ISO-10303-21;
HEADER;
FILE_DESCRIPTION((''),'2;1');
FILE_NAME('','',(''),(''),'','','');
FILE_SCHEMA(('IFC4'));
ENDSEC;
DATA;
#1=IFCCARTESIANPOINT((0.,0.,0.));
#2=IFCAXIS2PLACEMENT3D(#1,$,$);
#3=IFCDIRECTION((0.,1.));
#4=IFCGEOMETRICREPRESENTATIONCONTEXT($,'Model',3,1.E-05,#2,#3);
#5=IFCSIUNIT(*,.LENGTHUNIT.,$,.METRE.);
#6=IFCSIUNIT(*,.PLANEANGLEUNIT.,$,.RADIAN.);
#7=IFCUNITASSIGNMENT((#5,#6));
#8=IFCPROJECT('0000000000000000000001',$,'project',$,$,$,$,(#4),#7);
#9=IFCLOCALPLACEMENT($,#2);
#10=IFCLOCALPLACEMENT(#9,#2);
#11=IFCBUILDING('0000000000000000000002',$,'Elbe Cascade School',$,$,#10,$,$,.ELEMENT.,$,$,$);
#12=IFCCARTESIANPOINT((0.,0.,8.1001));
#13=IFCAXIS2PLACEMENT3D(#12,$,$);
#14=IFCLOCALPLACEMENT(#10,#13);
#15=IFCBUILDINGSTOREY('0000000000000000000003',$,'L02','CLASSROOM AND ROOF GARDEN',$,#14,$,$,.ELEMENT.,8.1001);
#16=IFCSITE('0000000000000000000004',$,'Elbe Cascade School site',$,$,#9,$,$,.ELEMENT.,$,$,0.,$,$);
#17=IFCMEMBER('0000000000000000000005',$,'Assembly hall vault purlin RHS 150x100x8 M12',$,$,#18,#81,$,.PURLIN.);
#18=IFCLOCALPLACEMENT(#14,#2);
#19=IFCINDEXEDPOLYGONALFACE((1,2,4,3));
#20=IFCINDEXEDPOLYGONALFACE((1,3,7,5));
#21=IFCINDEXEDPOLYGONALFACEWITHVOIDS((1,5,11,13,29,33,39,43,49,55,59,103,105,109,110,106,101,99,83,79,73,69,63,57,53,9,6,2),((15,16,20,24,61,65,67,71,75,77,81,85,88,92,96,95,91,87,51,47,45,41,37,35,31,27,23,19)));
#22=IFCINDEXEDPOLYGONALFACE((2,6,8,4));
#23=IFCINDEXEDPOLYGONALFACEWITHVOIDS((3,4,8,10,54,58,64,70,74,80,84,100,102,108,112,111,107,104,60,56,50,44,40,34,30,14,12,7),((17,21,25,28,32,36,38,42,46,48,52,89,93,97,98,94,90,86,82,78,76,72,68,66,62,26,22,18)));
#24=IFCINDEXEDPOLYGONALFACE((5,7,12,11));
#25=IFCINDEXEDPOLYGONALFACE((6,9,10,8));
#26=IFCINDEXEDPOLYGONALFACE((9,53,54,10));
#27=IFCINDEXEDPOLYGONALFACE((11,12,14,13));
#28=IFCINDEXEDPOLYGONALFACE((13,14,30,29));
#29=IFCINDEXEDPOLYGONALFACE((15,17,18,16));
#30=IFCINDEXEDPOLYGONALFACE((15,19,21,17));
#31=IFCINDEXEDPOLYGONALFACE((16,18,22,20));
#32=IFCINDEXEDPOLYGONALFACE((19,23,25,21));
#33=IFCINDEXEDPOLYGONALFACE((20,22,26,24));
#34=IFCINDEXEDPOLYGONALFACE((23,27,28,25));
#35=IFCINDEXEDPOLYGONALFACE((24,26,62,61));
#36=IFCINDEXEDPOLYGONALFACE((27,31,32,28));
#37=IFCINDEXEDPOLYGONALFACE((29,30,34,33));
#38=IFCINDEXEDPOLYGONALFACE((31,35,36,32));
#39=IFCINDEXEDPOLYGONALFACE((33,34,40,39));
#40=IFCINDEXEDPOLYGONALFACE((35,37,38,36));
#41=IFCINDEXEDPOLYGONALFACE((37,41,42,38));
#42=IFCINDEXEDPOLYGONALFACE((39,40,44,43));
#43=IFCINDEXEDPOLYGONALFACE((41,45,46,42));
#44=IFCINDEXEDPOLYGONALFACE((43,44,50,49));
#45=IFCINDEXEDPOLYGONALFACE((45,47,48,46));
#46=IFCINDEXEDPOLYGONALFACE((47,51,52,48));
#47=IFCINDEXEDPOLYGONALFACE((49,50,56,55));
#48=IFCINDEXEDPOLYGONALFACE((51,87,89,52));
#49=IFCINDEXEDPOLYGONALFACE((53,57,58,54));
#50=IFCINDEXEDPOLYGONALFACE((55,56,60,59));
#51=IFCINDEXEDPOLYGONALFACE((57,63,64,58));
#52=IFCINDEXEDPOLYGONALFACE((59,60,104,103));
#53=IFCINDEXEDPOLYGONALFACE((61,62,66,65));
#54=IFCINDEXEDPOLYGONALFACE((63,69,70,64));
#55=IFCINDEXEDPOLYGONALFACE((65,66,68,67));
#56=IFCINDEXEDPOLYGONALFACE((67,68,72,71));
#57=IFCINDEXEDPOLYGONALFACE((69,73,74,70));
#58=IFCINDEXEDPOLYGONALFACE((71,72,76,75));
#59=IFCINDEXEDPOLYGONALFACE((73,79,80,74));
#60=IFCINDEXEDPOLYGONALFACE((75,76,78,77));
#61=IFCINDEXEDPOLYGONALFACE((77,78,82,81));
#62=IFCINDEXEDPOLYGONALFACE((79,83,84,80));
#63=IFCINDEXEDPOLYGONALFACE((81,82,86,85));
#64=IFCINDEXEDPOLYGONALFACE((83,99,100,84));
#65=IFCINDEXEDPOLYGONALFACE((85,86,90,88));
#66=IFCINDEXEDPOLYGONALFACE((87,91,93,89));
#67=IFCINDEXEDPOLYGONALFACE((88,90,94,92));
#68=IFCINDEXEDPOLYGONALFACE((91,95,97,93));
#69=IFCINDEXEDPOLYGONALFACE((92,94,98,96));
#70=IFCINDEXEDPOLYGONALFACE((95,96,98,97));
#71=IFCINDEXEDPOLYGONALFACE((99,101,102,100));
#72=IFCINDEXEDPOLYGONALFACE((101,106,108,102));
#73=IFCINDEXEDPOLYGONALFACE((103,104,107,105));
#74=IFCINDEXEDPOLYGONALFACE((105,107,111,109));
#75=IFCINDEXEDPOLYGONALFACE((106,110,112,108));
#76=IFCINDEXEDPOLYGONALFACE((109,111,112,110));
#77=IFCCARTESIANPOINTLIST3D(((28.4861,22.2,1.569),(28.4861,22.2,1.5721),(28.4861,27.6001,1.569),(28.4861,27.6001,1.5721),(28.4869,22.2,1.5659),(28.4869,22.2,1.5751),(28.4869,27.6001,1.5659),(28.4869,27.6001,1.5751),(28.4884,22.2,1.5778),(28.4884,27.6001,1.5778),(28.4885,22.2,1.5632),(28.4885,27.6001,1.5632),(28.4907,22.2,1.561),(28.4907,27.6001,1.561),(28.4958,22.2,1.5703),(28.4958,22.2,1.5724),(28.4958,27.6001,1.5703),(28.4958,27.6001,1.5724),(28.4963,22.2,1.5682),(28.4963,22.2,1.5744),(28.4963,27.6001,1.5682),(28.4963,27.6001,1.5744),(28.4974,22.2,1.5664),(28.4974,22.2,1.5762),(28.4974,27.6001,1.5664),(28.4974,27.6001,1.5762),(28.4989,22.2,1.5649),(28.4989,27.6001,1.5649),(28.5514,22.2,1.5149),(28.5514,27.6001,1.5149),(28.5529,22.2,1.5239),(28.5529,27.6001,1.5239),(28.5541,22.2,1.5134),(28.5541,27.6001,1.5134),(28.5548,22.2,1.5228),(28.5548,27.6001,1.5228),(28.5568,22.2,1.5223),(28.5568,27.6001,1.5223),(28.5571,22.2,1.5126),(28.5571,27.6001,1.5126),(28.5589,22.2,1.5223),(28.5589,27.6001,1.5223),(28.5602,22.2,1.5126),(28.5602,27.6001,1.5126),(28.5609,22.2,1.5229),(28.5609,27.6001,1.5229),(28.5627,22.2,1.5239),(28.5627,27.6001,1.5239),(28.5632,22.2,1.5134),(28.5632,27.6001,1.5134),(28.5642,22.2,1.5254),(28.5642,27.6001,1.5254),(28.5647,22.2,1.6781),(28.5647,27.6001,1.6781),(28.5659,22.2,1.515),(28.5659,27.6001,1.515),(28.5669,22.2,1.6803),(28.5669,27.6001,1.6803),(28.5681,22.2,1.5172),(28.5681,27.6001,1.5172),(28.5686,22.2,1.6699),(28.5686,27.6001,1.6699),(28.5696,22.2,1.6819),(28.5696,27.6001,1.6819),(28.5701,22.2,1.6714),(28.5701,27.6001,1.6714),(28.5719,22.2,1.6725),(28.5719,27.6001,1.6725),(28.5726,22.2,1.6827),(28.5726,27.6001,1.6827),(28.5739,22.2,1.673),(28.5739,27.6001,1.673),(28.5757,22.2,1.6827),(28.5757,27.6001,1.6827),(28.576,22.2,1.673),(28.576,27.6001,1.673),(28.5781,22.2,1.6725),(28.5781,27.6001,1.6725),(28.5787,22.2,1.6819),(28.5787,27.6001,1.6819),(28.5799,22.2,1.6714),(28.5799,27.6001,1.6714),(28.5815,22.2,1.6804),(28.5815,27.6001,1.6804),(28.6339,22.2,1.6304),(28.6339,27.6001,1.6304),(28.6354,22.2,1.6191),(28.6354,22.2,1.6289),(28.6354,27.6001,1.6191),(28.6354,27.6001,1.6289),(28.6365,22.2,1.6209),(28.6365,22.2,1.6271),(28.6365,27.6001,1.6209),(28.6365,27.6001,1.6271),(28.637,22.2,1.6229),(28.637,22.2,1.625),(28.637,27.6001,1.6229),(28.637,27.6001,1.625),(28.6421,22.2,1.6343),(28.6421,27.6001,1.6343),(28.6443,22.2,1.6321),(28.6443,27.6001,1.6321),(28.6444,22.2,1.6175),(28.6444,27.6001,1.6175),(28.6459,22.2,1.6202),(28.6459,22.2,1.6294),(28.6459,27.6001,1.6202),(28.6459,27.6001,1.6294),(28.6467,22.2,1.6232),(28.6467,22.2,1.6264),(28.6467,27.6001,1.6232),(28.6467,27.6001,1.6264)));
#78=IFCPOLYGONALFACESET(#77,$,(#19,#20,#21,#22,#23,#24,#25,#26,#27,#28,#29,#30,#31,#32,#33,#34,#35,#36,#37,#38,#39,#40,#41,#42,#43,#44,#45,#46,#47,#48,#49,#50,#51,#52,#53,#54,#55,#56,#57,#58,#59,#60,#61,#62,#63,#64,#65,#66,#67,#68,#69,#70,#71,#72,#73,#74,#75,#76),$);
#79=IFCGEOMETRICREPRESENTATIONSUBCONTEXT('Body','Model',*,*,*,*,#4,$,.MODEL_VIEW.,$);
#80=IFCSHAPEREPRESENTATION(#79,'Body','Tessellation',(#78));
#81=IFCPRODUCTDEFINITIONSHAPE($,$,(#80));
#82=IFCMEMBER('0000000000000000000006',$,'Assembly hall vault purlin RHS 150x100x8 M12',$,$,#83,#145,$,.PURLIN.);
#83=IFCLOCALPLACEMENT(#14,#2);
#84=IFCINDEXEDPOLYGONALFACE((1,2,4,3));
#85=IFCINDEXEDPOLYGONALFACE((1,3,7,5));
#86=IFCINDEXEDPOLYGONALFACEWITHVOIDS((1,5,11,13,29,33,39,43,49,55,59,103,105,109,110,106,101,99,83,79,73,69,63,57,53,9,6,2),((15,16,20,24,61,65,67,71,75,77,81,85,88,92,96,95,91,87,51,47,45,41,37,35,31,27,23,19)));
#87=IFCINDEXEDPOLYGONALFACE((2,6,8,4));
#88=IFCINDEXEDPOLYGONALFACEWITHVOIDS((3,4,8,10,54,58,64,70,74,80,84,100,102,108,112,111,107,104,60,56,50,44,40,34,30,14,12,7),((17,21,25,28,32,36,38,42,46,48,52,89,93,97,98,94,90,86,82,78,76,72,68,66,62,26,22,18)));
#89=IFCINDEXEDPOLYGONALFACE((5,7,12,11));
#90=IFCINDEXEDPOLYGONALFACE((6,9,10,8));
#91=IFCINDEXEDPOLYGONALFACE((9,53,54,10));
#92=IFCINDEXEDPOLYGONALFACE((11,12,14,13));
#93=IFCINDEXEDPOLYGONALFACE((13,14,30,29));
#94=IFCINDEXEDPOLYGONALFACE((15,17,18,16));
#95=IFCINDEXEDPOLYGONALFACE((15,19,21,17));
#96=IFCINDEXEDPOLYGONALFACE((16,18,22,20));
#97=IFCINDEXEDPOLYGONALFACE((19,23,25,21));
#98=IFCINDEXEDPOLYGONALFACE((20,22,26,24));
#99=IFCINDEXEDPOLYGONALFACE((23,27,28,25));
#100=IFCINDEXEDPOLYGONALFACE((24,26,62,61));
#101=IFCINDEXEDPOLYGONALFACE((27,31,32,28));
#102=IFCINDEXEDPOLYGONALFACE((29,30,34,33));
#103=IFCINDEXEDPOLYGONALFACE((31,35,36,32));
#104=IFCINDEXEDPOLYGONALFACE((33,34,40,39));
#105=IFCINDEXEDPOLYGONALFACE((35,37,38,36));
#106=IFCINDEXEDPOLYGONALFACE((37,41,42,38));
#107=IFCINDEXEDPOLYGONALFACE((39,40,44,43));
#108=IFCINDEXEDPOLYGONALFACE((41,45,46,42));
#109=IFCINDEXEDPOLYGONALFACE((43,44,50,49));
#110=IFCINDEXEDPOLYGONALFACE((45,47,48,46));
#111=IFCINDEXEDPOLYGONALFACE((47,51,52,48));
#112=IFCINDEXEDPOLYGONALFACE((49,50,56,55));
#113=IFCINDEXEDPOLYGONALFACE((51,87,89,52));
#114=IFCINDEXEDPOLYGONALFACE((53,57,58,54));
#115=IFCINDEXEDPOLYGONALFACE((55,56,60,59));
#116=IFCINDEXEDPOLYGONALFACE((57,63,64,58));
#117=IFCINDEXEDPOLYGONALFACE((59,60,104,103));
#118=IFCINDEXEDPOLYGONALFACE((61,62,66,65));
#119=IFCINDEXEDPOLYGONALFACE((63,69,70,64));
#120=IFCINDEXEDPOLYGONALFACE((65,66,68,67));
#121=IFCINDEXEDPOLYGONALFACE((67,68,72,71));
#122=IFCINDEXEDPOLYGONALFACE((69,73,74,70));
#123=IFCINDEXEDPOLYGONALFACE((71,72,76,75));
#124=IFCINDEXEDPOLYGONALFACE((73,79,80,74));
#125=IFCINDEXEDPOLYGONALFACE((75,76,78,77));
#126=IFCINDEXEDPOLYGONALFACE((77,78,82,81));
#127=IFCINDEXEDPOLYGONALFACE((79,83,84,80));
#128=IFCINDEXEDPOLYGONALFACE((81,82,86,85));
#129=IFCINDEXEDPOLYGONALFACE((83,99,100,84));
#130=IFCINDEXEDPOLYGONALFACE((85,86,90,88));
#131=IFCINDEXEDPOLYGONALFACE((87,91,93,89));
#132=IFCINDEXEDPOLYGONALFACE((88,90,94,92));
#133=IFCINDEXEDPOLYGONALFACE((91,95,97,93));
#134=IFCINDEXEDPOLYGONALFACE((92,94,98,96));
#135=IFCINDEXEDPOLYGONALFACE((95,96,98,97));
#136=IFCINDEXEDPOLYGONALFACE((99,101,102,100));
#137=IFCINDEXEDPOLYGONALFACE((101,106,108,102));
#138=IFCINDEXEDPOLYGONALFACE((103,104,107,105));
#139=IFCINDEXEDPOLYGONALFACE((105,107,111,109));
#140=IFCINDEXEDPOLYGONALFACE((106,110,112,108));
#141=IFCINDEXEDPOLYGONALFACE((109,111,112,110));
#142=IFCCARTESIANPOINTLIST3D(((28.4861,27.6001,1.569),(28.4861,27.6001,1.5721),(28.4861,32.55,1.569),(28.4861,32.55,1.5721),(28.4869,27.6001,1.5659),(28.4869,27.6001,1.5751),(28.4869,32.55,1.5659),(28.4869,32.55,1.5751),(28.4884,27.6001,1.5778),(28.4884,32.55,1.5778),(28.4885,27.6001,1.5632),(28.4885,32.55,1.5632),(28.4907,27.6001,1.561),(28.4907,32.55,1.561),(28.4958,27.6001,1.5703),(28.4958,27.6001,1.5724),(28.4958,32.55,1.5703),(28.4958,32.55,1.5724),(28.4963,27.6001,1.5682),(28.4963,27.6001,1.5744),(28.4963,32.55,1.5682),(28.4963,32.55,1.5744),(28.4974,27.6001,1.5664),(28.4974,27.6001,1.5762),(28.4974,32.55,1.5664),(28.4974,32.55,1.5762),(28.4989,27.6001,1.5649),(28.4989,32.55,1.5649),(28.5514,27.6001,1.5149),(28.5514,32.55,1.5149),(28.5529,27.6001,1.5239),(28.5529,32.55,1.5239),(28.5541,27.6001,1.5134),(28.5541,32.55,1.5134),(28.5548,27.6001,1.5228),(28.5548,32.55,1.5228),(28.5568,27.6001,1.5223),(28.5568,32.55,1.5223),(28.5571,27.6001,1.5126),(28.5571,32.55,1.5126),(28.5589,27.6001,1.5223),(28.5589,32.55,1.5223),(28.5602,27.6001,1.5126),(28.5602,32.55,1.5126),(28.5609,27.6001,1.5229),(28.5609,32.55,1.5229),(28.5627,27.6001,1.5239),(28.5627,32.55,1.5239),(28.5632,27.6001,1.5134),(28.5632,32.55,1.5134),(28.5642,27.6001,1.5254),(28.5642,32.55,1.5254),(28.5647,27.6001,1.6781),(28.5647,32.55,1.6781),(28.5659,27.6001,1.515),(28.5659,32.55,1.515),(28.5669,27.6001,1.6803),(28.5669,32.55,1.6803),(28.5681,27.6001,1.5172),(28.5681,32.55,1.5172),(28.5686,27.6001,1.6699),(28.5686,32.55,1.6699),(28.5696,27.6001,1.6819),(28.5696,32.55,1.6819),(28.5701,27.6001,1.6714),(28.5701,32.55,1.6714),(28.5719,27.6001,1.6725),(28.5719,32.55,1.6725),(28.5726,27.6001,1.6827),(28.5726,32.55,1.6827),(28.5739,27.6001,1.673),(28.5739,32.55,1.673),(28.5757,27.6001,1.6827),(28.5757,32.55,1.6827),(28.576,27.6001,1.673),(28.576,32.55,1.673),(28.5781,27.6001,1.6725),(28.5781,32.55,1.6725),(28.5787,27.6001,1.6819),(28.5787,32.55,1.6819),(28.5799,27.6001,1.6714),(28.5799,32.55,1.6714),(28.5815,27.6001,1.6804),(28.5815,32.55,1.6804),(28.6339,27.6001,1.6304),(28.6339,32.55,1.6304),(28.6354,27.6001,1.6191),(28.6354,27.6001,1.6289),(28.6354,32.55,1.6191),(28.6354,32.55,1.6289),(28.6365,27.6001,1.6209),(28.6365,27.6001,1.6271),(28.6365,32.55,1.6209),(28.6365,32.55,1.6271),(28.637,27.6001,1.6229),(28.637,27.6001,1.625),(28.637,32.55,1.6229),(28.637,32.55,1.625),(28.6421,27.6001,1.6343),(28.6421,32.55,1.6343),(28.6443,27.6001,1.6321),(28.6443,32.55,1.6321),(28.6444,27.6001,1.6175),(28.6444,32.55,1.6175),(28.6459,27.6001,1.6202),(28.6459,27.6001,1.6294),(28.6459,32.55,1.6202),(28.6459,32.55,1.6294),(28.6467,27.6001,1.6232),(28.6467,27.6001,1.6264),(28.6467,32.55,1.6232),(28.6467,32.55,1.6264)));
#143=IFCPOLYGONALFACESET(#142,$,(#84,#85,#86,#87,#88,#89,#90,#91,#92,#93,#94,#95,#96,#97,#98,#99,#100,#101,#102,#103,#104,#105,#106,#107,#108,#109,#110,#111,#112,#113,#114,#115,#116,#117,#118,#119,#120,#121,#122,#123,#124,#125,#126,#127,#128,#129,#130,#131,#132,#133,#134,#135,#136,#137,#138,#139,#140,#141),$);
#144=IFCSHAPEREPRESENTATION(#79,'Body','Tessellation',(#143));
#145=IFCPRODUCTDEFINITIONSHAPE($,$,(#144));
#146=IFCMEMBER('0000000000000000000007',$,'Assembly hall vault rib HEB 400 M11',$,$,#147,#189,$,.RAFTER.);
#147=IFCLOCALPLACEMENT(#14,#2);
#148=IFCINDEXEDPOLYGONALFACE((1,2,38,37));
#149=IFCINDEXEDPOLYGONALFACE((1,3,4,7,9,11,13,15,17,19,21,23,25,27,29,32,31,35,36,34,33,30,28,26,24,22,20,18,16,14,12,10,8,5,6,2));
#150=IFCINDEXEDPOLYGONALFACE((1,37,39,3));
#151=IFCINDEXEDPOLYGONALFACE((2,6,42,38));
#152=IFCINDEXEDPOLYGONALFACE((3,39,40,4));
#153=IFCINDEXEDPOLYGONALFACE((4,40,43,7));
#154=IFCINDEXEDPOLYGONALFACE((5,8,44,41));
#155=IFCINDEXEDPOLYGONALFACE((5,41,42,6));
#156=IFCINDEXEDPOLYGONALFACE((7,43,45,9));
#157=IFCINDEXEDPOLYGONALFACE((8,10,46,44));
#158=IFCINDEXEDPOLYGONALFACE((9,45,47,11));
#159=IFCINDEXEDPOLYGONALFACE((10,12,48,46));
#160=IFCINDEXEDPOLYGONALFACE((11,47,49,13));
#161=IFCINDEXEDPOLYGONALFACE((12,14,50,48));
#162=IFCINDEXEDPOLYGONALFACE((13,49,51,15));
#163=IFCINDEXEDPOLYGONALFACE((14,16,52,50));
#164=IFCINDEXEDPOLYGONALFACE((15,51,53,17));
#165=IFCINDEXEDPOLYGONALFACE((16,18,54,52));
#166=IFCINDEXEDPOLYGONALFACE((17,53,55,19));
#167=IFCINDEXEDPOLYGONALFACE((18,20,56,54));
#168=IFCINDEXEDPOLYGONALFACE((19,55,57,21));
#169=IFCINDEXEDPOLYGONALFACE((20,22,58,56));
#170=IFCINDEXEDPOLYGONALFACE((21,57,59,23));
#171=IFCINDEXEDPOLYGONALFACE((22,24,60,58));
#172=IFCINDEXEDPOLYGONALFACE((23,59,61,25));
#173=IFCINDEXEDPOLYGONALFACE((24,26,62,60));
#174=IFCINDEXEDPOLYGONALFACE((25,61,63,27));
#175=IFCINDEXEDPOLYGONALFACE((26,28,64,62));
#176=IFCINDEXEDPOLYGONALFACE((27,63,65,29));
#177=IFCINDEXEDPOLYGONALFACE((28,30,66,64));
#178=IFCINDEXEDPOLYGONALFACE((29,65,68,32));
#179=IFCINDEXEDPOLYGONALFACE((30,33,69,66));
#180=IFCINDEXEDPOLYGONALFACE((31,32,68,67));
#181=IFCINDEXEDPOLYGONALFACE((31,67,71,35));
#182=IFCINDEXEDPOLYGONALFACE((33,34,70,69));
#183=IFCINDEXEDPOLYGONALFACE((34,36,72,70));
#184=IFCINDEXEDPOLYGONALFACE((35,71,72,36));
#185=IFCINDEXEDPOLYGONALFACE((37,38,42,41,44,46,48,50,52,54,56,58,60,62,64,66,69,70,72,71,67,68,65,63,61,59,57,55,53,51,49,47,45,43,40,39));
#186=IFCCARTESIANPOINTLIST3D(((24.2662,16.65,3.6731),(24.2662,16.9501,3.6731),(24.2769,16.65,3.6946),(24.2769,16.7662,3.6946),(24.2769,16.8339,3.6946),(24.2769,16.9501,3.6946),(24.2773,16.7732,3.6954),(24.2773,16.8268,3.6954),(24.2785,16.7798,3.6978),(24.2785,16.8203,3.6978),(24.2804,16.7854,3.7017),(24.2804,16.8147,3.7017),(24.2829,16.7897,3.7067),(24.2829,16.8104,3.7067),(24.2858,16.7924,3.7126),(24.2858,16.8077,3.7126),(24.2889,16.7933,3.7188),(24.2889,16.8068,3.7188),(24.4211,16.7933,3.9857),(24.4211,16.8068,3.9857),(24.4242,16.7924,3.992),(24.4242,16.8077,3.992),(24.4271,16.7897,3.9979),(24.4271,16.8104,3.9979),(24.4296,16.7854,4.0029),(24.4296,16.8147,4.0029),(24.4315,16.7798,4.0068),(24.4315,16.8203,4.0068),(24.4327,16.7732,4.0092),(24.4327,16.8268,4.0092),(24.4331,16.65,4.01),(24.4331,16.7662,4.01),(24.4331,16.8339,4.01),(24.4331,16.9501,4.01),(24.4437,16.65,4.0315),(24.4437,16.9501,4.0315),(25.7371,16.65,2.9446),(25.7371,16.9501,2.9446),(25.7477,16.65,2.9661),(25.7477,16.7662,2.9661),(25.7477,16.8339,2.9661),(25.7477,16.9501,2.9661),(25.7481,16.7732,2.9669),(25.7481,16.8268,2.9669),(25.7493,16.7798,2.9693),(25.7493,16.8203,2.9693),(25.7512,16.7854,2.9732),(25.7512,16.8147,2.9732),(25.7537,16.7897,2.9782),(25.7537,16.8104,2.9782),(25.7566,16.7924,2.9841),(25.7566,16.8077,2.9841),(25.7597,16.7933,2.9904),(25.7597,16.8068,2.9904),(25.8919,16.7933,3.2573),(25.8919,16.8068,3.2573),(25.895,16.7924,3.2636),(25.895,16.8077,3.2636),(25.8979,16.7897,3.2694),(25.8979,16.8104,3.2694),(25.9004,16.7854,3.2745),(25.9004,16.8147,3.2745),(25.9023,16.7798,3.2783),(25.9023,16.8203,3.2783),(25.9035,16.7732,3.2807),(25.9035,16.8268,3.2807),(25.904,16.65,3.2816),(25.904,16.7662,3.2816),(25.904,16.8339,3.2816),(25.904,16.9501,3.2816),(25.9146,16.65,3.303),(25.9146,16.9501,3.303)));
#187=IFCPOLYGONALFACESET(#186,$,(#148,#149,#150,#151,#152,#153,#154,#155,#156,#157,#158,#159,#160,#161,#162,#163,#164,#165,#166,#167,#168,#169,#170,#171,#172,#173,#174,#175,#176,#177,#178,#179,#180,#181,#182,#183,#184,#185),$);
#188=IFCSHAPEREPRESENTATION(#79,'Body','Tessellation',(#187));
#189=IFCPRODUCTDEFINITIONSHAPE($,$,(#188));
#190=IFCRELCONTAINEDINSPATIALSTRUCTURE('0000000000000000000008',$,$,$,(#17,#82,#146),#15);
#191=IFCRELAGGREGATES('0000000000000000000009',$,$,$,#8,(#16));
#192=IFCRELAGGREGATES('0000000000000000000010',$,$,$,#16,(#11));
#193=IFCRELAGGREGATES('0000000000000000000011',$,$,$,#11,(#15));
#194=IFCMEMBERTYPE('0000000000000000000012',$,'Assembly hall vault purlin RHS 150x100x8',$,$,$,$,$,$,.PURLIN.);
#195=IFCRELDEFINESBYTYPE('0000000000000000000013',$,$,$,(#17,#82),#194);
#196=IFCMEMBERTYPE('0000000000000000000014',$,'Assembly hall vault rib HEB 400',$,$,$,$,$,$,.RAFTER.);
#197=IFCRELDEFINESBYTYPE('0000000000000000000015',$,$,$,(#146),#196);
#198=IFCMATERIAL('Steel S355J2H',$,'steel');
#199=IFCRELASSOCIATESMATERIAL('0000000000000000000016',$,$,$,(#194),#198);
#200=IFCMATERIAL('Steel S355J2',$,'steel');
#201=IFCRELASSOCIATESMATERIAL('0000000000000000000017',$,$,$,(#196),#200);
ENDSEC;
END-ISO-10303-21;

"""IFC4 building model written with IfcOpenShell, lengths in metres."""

from ifc_helpers import new_model, si_unit, direction, frame, origin, origin_2d, place, context, subcontext, project, spatial, hollow_rectangle, i_section, extrude, material, material_profile, profile_set, type_object, element, save


model = new_model("IFC4")

# Units and contexts
model_context = context("Model", 3, precision=1e-05, world=origin(), true_north=direction((0.0, 1.0)))
body_context = subcontext(model_context, "Body", "Model", "MODEL_VIEW")
ifc_project = project(units=[si_unit("LENGTHUNIT", "METRE"), si_unit("PLANEANGLEUNIT", "RADIAN")], contexts=[model_context])

# Site, building, storey
site_placement = place(None, origin())
site = spatial("IfcSite", under=ifc_project, at=site_placement, Name="Elbe Cascade School site", CompositionType="ELEMENT", RefElevation=0.0)
building_placement = place(site_placement, origin())
building = spatial("IfcBuilding", under=site, at=building_placement, Name="Elbe Cascade School", CompositionType="ELEMENT")
storey_placement = place(building_placement, frame((0.0, 0.0, 8.1001)))
storey = spatial("IfcBuildingStorey", under=building, at=storey_placement, Name="L02", Description="CLASSROOM AND ROOF GARDEN", CompositionType="ELEMENT", Elevation=8.1001)

# Members
ifc_material_1 = material(Name="Steel S355J2H", Category="steel")
ifc_material_profile_1 = material_profile(ifc_material_1, hollow_rectangle(XDim=0.1001, YDim=0.1499, WallThickness=0.0081, InnerFilletRadius=0.0081, OuterFilletRadius=0.012, at=origin_2d()), Name="RHS 150x100x8")
ifc_profile_set_1 = profile_set([ifc_material_profile_1], Name="Steel S355J2H")
member_type_1 = type_object("IfcMemberType", Name="Assembly hall vault purlin RHS 150x100x8", PredefinedType="PURLIN", material=ifc_profile_set_1)
member_1_placement = place(storey_placement, frame((28.5664, 22.2, 1.5977), z_axis=(0.0, 1.0, 0.0), x_axis=(-0.795996, 0.0, 0.605302)))
element("IfcMember", 1, at=member_1_placement, inside=storey, type_object=member_type_1, Name="Assembly hall vault purlin RHS 150x100x8 M12", PredefinedType="PURLIN", context=body_context, shape_type="SweptSolid", body=[
    extrude(hollow_rectangle(XDim=0.1001, YDim=0.1499, WallThickness=0.0081, InnerFilletRadius=0.0081, OuterFilletRadius=0.012, at=origin_2d()), origin(), (0.0, 0.0, 1.0), 5.4001),
])
member_2_placement = place(storey_placement, frame((28.5664, 27.6001, 1.5977), z_axis=(0.0, 1.0, 0.0), x_axis=(-0.795996, 0.0, 0.605302)))
element("IfcMember", 2, at=member_2_placement, inside=storey, type_object=member_type_1, Name="Assembly hall vault purlin RHS 150x100x8 M12", PredefinedType="PURLIN", context=body_context, shape_type="SweptSolid", body=[
    extrude(hollow_rectangle(XDim=0.1001, YDim=0.1499, WallThickness=0.0081, InnerFilletRadius=0.0081, OuterFilletRadius=0.012, at=origin_2d()), origin(), (0.0, 0.0, 1.0), 4.95),
])
ifc_material_2 = material(Name="Steel S355J2", Category="steel")
ifc_material_profile_2 = material_profile(ifc_material_2, i_section(OverallWidth=0.3, OverallDepth=0.3999, WebThickness=0.0134, FlangeThickness=0.0239, FilletRadius=0.0271, at=origin_2d()), Name="HEB 400")
ifc_profile_set_2 = profile_set([ifc_material_profile_2], Name="Steel S355J2")
member_type_2 = type_object("IfcMemberType", Name="Assembly hall vault rib HEB 400", PredefinedType="RAFTER", material=ifc_profile_set_2)
member_3_placement = place(storey_placement, frame((24.355, 16.8, 3.8523), z_axis=(0.896116, 0.0, -0.443819), x_axis=(0.0, 1.0, 0.0)))
element("IfcMember", 3, at=member_3_placement, inside=storey, type_object=member_type_2, Name="Assembly hall vault rib HEB 400 M11", PredefinedType="RAFTER", context=body_context, shape_type="SweptSolid", body=[
    extrude(i_section(OverallWidth=0.3, OverallDepth=0.3999, WebThickness=0.0134, FlangeThickness=0.0239, FilletRadius=0.0271, at=origin_2d()), origin(), (0.0, 0.0, 1.0), 1.6414),
])

save(model, "model.ifc")
